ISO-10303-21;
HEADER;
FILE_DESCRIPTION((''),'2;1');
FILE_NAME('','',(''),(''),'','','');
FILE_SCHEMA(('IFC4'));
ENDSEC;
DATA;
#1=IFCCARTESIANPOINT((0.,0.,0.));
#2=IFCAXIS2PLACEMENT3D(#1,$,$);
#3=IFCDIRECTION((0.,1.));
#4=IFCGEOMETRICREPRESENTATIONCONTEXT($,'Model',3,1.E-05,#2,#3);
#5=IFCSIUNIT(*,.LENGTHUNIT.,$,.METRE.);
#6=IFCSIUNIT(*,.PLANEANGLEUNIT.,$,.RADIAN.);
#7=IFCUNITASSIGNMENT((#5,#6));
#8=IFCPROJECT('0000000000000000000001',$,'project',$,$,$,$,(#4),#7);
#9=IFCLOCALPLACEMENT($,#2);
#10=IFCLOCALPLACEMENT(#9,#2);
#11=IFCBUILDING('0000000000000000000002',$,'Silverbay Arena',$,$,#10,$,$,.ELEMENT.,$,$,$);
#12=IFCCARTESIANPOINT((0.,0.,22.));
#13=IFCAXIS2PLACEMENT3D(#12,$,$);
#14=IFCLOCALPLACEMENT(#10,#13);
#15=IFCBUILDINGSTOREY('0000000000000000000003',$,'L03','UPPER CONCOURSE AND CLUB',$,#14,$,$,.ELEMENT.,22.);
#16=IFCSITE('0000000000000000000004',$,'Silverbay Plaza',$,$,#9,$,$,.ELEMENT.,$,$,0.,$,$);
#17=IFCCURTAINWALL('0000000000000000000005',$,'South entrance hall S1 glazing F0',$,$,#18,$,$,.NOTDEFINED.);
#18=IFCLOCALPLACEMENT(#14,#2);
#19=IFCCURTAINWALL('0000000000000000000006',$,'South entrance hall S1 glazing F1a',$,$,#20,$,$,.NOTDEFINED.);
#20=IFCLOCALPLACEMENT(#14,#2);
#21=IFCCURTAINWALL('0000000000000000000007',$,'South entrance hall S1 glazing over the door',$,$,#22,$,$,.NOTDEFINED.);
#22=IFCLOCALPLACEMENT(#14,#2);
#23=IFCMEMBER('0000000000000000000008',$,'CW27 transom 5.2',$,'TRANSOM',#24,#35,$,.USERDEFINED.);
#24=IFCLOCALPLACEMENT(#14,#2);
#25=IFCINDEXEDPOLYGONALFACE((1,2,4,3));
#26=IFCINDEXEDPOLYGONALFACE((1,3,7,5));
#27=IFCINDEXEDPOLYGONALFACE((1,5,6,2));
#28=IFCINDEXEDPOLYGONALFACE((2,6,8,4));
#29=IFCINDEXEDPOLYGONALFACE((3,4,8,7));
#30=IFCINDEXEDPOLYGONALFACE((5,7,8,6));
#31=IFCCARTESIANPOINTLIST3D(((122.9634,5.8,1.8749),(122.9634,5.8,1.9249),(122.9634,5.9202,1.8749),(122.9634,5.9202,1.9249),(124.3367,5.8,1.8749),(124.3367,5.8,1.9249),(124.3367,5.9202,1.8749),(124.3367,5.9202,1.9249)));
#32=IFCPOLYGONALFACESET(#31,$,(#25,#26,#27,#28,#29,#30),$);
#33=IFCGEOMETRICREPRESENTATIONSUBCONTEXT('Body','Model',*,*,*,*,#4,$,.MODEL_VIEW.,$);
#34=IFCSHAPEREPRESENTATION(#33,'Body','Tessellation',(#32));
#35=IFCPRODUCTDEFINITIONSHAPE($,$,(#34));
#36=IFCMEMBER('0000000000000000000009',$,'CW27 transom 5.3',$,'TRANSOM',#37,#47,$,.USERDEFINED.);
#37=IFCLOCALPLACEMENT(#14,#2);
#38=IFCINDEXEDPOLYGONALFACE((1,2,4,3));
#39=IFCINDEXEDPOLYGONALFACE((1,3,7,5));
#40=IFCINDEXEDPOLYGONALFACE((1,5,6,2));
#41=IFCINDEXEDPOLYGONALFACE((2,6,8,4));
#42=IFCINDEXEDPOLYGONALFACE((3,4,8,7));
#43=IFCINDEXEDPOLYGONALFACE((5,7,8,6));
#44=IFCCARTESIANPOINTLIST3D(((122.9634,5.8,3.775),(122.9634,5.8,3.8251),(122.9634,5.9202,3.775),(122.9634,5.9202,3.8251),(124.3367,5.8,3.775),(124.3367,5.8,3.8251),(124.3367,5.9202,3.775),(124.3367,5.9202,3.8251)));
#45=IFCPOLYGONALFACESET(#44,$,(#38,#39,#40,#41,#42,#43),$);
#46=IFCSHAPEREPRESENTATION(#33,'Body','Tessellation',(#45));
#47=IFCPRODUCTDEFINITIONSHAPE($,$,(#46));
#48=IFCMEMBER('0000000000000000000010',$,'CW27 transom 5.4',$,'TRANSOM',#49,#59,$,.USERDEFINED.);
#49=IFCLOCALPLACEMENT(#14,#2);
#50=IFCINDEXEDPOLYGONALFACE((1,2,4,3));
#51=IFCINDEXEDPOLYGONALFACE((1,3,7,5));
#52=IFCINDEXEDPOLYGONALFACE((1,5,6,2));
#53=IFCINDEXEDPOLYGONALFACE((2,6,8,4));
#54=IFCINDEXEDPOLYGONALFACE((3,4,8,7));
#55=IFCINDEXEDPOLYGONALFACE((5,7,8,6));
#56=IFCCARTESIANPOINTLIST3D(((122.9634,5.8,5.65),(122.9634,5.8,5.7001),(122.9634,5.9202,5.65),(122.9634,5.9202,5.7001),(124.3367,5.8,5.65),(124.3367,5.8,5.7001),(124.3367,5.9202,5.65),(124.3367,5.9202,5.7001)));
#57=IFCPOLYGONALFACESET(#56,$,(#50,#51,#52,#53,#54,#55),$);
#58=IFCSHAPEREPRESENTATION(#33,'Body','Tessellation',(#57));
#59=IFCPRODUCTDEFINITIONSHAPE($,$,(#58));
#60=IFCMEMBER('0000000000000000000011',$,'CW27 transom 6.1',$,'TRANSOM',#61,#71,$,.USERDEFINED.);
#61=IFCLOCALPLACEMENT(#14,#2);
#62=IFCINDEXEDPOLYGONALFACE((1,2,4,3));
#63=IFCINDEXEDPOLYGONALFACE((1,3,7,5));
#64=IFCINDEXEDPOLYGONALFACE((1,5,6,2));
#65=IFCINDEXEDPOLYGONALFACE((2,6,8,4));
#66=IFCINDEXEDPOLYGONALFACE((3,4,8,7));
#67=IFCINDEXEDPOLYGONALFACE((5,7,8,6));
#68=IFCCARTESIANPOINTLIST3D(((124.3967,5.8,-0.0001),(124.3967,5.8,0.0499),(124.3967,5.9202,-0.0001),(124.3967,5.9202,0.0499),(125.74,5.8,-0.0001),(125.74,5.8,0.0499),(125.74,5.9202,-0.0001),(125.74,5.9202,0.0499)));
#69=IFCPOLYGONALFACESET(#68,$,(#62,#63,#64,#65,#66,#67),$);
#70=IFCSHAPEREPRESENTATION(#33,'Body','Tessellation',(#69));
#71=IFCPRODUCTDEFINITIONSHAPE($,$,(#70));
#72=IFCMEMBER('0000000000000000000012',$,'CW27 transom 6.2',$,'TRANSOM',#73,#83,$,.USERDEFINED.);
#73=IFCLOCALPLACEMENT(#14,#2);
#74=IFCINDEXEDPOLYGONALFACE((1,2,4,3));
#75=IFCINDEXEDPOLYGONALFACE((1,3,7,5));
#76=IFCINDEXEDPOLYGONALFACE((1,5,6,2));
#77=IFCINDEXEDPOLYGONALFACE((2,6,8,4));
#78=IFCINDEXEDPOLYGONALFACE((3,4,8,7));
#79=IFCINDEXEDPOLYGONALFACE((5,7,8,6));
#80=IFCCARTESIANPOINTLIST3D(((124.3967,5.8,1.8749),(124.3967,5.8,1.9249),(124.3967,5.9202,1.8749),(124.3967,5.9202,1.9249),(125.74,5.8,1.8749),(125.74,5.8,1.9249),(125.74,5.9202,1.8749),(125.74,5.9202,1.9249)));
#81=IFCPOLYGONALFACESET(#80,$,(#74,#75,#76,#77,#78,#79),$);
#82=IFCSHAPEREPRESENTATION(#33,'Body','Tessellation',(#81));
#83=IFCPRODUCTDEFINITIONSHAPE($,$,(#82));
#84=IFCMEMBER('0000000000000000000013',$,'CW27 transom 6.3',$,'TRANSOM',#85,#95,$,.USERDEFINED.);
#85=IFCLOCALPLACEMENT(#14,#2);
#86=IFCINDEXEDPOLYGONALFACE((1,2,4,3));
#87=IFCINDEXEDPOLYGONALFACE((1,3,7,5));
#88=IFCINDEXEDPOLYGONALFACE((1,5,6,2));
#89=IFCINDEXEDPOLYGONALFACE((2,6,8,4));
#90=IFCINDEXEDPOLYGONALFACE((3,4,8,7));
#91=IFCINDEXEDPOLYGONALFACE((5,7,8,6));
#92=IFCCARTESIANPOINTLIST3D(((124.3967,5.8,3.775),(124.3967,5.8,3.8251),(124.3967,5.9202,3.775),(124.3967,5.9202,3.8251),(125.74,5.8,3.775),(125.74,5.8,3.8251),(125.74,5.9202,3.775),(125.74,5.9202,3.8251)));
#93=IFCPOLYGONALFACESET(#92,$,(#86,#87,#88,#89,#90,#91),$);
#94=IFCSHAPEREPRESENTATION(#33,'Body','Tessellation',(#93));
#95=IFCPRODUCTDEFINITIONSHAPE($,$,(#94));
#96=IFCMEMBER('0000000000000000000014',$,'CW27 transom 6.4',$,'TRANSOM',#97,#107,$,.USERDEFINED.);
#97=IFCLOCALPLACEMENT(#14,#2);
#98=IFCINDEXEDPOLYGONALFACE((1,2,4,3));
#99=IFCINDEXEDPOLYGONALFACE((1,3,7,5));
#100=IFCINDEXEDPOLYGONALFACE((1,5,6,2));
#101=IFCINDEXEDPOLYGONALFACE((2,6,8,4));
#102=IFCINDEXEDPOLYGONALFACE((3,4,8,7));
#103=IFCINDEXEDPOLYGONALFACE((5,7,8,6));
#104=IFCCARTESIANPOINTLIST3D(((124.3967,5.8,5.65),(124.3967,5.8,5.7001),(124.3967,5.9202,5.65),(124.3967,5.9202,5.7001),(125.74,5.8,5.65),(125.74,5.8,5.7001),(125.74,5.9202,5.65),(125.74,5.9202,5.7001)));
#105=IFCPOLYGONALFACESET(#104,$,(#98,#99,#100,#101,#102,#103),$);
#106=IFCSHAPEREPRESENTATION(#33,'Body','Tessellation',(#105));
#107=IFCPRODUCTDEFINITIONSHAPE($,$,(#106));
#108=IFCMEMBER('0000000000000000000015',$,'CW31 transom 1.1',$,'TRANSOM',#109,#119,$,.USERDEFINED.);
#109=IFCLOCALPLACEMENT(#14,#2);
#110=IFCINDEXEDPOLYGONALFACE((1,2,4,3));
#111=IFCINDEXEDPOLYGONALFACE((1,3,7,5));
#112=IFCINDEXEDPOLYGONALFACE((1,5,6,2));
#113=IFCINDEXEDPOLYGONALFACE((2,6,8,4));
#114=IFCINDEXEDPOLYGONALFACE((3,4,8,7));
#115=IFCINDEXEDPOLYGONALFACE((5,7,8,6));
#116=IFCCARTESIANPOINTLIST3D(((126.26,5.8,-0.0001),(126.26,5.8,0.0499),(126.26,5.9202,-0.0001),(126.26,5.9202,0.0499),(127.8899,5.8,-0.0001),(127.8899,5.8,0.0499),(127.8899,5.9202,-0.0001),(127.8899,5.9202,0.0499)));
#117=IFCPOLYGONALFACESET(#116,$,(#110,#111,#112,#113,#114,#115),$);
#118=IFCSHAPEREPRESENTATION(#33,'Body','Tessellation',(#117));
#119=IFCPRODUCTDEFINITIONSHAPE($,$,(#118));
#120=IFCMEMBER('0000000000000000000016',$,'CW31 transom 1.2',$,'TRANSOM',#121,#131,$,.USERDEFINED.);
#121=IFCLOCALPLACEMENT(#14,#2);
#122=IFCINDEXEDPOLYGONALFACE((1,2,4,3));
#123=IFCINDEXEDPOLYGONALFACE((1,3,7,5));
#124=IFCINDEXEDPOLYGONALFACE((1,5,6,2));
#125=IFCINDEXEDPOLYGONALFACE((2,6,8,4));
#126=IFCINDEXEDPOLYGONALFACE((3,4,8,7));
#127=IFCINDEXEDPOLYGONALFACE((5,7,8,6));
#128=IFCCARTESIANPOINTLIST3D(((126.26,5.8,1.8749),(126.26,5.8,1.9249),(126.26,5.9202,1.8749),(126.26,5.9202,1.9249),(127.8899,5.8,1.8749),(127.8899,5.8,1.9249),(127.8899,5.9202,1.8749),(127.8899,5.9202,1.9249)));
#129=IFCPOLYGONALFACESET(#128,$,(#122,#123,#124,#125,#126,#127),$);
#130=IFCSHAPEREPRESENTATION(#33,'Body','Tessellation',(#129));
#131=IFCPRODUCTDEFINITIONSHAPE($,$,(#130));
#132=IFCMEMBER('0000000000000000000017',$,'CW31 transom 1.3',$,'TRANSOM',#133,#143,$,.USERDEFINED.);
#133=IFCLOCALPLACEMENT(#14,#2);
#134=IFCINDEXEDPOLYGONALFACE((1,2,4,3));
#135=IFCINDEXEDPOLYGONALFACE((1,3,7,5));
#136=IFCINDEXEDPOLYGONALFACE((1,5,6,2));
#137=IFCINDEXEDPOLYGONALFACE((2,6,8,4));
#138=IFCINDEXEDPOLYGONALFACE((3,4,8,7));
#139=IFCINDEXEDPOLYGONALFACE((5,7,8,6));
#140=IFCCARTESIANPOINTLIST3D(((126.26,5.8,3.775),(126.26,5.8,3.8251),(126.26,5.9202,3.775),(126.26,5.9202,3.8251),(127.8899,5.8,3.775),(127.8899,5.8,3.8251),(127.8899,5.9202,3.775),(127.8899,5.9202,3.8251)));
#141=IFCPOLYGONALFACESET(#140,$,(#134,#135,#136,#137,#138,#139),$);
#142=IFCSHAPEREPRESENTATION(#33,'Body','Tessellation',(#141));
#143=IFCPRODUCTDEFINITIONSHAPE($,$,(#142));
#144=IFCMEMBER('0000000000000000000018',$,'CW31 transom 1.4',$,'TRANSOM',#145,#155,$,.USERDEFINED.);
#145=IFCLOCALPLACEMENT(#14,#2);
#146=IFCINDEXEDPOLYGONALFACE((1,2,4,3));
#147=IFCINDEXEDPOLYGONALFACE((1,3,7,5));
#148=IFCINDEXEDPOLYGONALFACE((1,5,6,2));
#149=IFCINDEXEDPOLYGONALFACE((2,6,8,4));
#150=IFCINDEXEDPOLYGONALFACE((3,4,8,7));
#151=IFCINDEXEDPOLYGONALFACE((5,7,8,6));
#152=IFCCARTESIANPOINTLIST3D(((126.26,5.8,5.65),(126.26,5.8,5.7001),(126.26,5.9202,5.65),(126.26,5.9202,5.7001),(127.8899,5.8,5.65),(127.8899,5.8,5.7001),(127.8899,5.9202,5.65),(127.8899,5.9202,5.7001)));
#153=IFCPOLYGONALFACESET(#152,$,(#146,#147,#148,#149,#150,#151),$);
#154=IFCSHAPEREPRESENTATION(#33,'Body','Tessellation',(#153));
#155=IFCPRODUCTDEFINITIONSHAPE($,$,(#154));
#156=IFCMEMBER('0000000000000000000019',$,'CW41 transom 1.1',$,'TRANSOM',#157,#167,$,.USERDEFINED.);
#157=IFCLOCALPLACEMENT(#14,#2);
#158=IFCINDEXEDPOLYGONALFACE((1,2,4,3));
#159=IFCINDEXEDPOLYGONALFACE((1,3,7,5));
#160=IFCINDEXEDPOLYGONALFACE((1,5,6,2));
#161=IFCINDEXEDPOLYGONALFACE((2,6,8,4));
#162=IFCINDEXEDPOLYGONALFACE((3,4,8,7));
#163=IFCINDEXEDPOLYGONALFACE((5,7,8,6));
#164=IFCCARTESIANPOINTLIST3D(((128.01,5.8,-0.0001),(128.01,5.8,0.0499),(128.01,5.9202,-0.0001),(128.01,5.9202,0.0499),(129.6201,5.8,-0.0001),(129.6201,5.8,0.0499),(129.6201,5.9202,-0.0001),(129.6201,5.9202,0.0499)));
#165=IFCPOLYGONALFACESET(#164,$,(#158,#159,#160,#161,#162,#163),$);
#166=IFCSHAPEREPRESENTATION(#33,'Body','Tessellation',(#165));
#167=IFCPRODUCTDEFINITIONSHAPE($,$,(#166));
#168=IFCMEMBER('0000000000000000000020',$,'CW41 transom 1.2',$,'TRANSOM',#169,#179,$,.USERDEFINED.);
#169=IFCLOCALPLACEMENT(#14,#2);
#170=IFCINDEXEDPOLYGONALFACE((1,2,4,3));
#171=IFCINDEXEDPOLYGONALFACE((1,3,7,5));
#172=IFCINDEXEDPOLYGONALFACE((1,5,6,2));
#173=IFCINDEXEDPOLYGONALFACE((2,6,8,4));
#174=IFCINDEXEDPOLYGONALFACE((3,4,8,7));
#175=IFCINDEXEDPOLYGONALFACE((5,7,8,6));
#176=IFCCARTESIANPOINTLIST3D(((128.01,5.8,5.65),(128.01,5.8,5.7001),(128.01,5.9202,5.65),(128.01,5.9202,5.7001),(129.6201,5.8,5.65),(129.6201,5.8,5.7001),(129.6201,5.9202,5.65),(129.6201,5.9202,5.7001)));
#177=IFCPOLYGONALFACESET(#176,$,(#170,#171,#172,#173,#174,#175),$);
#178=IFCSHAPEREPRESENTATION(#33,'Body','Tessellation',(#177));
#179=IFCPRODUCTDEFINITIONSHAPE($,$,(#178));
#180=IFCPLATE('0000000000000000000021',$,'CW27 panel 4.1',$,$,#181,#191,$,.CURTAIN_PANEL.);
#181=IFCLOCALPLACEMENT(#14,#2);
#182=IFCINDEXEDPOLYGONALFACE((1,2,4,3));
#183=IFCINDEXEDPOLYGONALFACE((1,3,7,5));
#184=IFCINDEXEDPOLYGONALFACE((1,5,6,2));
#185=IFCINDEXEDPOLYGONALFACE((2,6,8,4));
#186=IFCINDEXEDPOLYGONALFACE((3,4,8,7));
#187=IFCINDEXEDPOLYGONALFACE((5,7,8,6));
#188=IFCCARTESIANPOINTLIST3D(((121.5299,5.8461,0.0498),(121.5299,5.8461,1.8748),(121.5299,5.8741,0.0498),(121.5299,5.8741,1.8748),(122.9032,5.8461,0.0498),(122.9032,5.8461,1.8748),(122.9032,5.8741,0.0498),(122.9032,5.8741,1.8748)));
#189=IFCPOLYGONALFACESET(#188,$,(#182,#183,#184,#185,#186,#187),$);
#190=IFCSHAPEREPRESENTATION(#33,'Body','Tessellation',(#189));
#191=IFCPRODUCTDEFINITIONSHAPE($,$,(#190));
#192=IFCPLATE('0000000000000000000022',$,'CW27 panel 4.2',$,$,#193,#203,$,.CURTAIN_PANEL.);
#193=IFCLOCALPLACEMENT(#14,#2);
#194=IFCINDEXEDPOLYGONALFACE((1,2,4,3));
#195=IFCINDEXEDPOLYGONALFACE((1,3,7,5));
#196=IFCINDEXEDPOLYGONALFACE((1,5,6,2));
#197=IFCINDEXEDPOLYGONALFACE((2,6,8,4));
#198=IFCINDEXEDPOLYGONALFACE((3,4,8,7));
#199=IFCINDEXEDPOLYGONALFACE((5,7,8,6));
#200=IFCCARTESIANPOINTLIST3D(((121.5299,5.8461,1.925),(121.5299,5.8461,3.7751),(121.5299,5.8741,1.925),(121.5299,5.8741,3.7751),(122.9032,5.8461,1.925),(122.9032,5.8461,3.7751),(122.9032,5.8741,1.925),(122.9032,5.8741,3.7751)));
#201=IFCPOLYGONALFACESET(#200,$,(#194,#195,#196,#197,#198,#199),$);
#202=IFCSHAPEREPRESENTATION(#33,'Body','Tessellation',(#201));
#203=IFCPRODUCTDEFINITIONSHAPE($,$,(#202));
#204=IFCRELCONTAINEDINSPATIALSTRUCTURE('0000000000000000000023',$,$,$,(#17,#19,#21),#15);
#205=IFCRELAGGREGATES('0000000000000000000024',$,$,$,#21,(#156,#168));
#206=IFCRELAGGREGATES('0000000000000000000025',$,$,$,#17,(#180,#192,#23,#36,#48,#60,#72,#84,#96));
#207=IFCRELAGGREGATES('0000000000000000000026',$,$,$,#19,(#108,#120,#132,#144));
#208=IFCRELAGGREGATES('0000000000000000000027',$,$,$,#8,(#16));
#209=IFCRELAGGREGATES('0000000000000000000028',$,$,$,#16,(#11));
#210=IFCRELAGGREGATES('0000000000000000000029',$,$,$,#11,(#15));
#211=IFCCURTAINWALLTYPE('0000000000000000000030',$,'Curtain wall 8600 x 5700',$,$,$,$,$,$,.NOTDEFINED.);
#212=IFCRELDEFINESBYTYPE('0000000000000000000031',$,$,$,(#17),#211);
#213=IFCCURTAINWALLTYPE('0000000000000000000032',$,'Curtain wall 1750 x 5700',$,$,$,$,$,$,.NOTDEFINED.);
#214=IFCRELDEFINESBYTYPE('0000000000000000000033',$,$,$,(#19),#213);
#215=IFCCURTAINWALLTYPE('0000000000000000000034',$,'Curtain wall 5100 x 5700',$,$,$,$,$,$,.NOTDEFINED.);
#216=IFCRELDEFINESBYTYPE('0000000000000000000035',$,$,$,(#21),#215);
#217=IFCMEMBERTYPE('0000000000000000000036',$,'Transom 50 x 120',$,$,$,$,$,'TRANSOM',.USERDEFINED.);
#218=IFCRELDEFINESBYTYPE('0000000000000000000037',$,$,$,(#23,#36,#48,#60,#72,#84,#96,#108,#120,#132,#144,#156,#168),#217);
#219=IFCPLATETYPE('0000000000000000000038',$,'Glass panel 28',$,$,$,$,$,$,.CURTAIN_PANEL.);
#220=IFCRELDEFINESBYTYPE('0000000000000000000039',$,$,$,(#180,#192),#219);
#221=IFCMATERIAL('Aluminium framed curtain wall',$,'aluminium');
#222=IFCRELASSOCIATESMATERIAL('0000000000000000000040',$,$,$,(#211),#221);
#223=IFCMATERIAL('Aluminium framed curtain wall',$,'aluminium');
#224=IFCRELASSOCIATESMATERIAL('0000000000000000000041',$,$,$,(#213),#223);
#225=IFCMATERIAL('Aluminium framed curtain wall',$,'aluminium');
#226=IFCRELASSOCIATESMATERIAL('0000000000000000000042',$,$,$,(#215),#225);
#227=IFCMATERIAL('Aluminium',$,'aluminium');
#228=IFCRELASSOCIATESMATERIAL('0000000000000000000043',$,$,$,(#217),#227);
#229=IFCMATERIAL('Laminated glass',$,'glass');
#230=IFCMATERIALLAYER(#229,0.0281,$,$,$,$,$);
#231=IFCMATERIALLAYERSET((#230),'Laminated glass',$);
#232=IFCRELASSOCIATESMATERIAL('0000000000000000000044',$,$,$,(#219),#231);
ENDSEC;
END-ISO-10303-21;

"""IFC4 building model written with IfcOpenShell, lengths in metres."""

from ifc_helpers import new_model, si_unit, direction, frame, origin, origin_2d, place, context, subcontext, project, spatial, rectangle, extrude, material, layer, layer_set, material_profile, profile_set, type_object, element, aggregate, save


model = new_model("IFC4")

# Units and contexts
model_context = context("Model", 3, precision=1e-05, world=origin(), true_north=direction((0.0, 1.0)))
body_context = subcontext(model_context, "Body", "Model", "MODEL_VIEW")
ifc_project = project(units=[si_unit("LENGTHUNIT", "METRE"), si_unit("PLANEANGLEUNIT", "RADIAN")], contexts=[model_context])

# Site, building, storey
site_placement = place(None, origin())
site = spatial("IfcSite", under=ifc_project, at=site_placement, Name="Silverbay Plaza", CompositionType="ELEMENT", RefElevation=0.0)
building_placement = place(site_placement, origin())
building = spatial("IfcBuilding", under=site, at=building_placement, Name="Silverbay Arena", CompositionType="ELEMENT")
storey_placement = place(building_placement, frame((0.0, 0.0, 22.0)))
storey = spatial("IfcBuildingStorey", under=building, at=storey_placement, Name="L03", Description="UPPER CONCOURSE AND CLUB", CompositionType="ELEMENT", Elevation=22.0)

# Curtain walls
ifc_material_1 = material(Name="Aluminium framed curtain wall", Category="aluminium")
curtain_wall_type_1 = type_object("IfcCurtainWallType", Name="Curtain wall 8600 x 5700", PredefinedType="NOTDEFINED", material=ifc_material_1)
curtain_wall_1_placement = place(storey_placement, origin())
curtain_wall_1 = element("IfcCurtainWall", 1, at=curtain_wall_1_placement, inside=storey, type_object=curtain_wall_type_1, Name="South entrance hall S1 glazing F0", PredefinedType="NOTDEFINED")
ifc_material_2 = material(Name="Aluminium framed curtain wall", Category="aluminium")
curtain_wall_type_2 = type_object("IfcCurtainWallType", Name="Curtain wall 1750 x 5700", PredefinedType="NOTDEFINED", material=ifc_material_2)
curtain_wall_2_placement = place(storey_placement, origin())
curtain_wall_2 = element("IfcCurtainWall", 2, at=curtain_wall_2_placement, inside=storey, type_object=curtain_wall_type_2, Name="South entrance hall S1 glazing F1a", PredefinedType="NOTDEFINED")

# Curtain wall
ifc_material_3 = material(Name="Aluminium framed curtain wall", Category="aluminium")
curtain_wall_type_3 = type_object("IfcCurtainWallType", Name="Curtain wall 5100 x 5700", PredefinedType="NOTDEFINED", material=ifc_material_3)
curtain_wall_3_placement = place(storey_placement, origin())
curtain_wall_3 = element("IfcCurtainWall", 3, at=curtain_wall_3_placement, inside=storey, type_object=curtain_wall_type_3, Name="South entrance hall S1 glazing over the door", PredefinedType="NOTDEFINED")

# Members
ifc_material_4 = material(Name="Aluminium", Category="aluminium")
ifc_material_profile_1 = material_profile(ifc_material_4, rectangle(XDim=0.1201, YDim=0.05, at=origin_2d()), Name="Transom 50 x 120")
ifc_profile_set_1 = profile_set([ifc_material_profile_1], Name="Aluminium")
member_type_1 = type_object("IfcMemberType", Name="Transom 50 x 120", ElementType="TRANSOM", PredefinedType="USERDEFINED", material=ifc_profile_set_1)
member_1_placement = place(storey_placement, frame((122.9634, 5.8601, 1.8999), z_axis=(1.0, 0.0, 0.0), x_axis=(0.0, 1.0, 0.0)))
member_1 = element("IfcMember", 4, at=member_1_placement, type_object=member_type_1, Name="CW27 transom 5.2", ObjectType="TRANSOM", PredefinedType="USERDEFINED", context=body_context, shape_type="SweptSolid", body=[
    extrude(rectangle(XDim=0.1201, YDim=0.05, at=origin_2d()), origin(), (0.0, 0.0, 1.0), 1.3733),
])
member_2_placement = place(storey_placement, frame((122.9634, 5.8601, 3.8), z_axis=(1.0, 0.0, 0.0), x_axis=(0.0, 1.0, 0.0)))
member_2 = element("IfcMember", 5, at=member_2_placement, type_object=member_type_1, Name="CW27 transom 5.3", ObjectType="TRANSOM", PredefinedType="USERDEFINED", context=body_context, shape_type="SweptSolid", body=[
    extrude(rectangle(XDim=0.1201, YDim=0.05, at=origin_2d()), origin(), (0.0, 0.0, 1.0), 1.3733),
])
member_3_placement = place(storey_placement, frame((122.9634, 5.8601, 5.675), z_axis=(1.0, 0.0, 0.0), x_axis=(0.0, 1.0, 0.0)))
member_3 = element("IfcMember", 6, at=member_3_placement, type_object=member_type_1, Name="CW27 transom 5.4", ObjectType="TRANSOM", PredefinedType="USERDEFINED", context=body_context, shape_type="SweptSolid", body=[
    extrude(rectangle(XDim=0.1201, YDim=0.05, at=origin_2d()), origin(), (0.0, 0.0, 1.0), 1.3733),
])
member_4_placement = place(storey_placement, frame((124.3967, 5.8601, 0.0249), z_axis=(1.0, 0.0, 0.0), x_axis=(0.0, 1.0, 0.0)))
member_4 = element("IfcMember", 7, at=member_4_placement, type_object=member_type_1, Name="CW27 transom 6.1", ObjectType="TRANSOM", PredefinedType="USERDEFINED", context=body_context, shape_type="SweptSolid", body=[
    extrude(rectangle(XDim=0.1201, YDim=0.05, at=origin_2d()), origin(), (0.0, 0.0, 1.0), 1.3433),
])
member_5_placement = place(storey_placement, frame((124.3967, 5.8601, 1.8999), z_axis=(1.0, 0.0, 0.0), x_axis=(0.0, 1.0, 0.0)))
member_5 = element("IfcMember", 8, at=member_5_placement, type_object=member_type_1, Name="CW27 transom 6.2", ObjectType="TRANSOM", PredefinedType="USERDEFINED", context=body_context, shape_type="SweptSolid", body=[
    extrude(rectangle(XDim=0.1201, YDim=0.05, at=origin_2d()), origin(), (0.0, 0.0, 1.0), 1.3433),
])
member_6_placement = place(storey_placement, frame((124.3967, 5.8601, 3.8), z_axis=(1.0, 0.0, 0.0), x_axis=(0.0, 1.0, 0.0)))
member_6 = element("IfcMember", 9, at=member_6_placement, type_object=member_type_1, Name="CW27 transom 6.3", ObjectType="TRANSOM", PredefinedType="USERDEFINED", context=body_context, shape_type="SweptSolid", body=[
    extrude(rectangle(XDim=0.1201, YDim=0.05, at=origin_2d()), origin(), (0.0, 0.0, 1.0), 1.3433),
])
member_7_placement = place(storey_placement, frame((124.3967, 5.8601, 5.675), z_axis=(1.0, 0.0, 0.0), x_axis=(0.0, 1.0, 0.0)))
member_7 = element("IfcMember", 10, at=member_7_placement, type_object=member_type_1, Name="CW27 transom 6.4", ObjectType="TRANSOM", PredefinedType="USERDEFINED", context=body_context, shape_type="SweptSolid", body=[
    extrude(rectangle(XDim=0.1201, YDim=0.05, at=origin_2d()), origin(), (0.0, 0.0, 1.0), 1.3433),
])
member_8_placement = place(storey_placement, frame((126.26, 5.8601, 0.0249), z_axis=(1.0, 0.0, 0.0), x_axis=(0.0, 1.0, 0.0)))
member_8 = element("IfcMember", 11, at=member_8_placement, type_object=member_type_1, Name="CW31 transom 1.1", ObjectType="TRANSOM", PredefinedType="USERDEFINED", context=body_context, shape_type="SweptSolid", body=[
    extrude(rectangle(XDim=0.1201, YDim=0.05, at=origin_2d()), origin(), (0.0, 0.0, 1.0), 1.6299),
])
member_9_placement = place(storey_placement, frame((126.26, 5.8601, 1.8999), z_axis=(1.0, 0.0, 0.0), x_axis=(0.0, 1.0, 0.0)))
member_9 = element("IfcMember", 12, at=member_9_placement, type_object=member_type_1, Name="CW31 transom 1.2", ObjectType="TRANSOM", PredefinedType="USERDEFINED", context=body_context, shape_type="SweptSolid", body=[
    extrude(rectangle(XDim=0.1201, YDim=0.05, at=origin_2d()), origin(), (0.0, 0.0, 1.0), 1.6299),
])
member_10_placement = place(storey_placement, frame((126.26, 5.8601, 3.8), z_axis=(1.0, 0.0, 0.0), x_axis=(0.0, 1.0, 0.0)))
member_10 = element("IfcMember", 13, at=member_10_placement, type_object=member_type_1, Name="CW31 transom 1.3", ObjectType="TRANSOM", PredefinedType="USERDEFINED", context=body_context, shape_type="SweptSolid", body=[
    extrude(rectangle(XDim=0.1201, YDim=0.05, at=origin_2d()), origin(), (0.0, 0.0, 1.0), 1.6299),
])
member_11_placement = place(storey_placement, frame((126.26, 5.8601, 5.675), z_axis=(1.0, 0.0, 0.0), x_axis=(0.0, 1.0, 0.0)))
member_11 = element("IfcMember", 14, at=member_11_placement, type_object=member_type_1, Name="CW31 transom 1.4", ObjectType="TRANSOM", PredefinedType="USERDEFINED", context=body_context, shape_type="SweptSolid", body=[
    extrude(rectangle(XDim=0.1201, YDim=0.05, at=origin_2d()), origin(), (0.0, 0.0, 1.0), 1.6299),
])
member_12_placement = place(storey_placement, frame((128.01, 5.8601, 0.0249), z_axis=(1.0, 0.0, 0.0), x_axis=(0.0, 1.0, 0.0)))
member_12 = element("IfcMember", 15, at=member_12_placement, type_object=member_type_1, Name="CW41 transom 1.1", ObjectType="TRANSOM", PredefinedType="USERDEFINED", context=body_context, shape_type="SweptSolid", body=[
    extrude(rectangle(XDim=0.1201, YDim=0.05, at=origin_2d()), origin(), (0.0, 0.0, 1.0), 1.6101),
])
member_13_placement = place(storey_placement, frame((128.01, 5.8601, 5.675), z_axis=(1.0, 0.0, 0.0), x_axis=(0.0, 1.0, 0.0)))
member_13 = element("IfcMember", 16, at=member_13_placement, type_object=member_type_1, Name="CW41 transom 1.2", ObjectType="TRANSOM", PredefinedType="USERDEFINED", context=body_context, shape_type="SweptSolid", body=[
    extrude(rectangle(XDim=0.1201, YDim=0.05, at=origin_2d()), origin(), (0.0, 0.0, 1.0), 1.6101),
])
aggregate(curtain_wall_3, [member_12, member_13])

# Plates
ifc_material_5 = material(Name="Laminated glass", Category="glass")
ifc_layer = layer(ifc_material_5, 0.0281)
ifc_layer_set = layer_set([ifc_layer], Name="Laminated glass")
plate_type = type_object("IfcPlateType", Name="Glass panel 28", PredefinedType="CURTAIN_PANEL", material=ifc_layer_set)
plate_1_placement = place(storey_placement, frame((122.2166, 5.8601, 0.0498), z_axis=(0.0, 0.0, 1.0), x_axis=(1.0, 0.0, 0.0)))
plate_1 = element("IfcPlate", 17, at=plate_1_placement, type_object=plate_type, Name="CW27 panel 4.1", PredefinedType="CURTAIN_PANEL", context=body_context, shape_type="SweptSolid", body=[
    extrude(rectangle(XDim=1.3733, YDim=0.0281, at=origin_2d()), origin(), (0.0, 0.0, 1.0), 1.825),
])
plate_2_placement = place(storey_placement, frame((122.2166, 5.8601, 1.925), z_axis=(0.0, 0.0, 1.0), x_axis=(1.0, 0.0, 0.0)))
plate_2 = element("IfcPlate", 18, at=plate_2_placement, type_object=plate_type, Name="CW27 panel 4.2", PredefinedType="CURTAIN_PANEL", context=body_context, shape_type="SweptSolid", body=[
    extrude(rectangle(XDim=1.3733, YDim=0.0281, at=origin_2d()), origin(), (0.0, 0.0, 1.0), 1.8501),
])
aggregate(curtain_wall_1, [plate_1, plate_2, member_1, member_2, member_3, member_4, member_5, member_6, member_7])
aggregate(curtain_wall_2, [member_8, member_9, member_10, member_11])

save(model, "model.ifc")
